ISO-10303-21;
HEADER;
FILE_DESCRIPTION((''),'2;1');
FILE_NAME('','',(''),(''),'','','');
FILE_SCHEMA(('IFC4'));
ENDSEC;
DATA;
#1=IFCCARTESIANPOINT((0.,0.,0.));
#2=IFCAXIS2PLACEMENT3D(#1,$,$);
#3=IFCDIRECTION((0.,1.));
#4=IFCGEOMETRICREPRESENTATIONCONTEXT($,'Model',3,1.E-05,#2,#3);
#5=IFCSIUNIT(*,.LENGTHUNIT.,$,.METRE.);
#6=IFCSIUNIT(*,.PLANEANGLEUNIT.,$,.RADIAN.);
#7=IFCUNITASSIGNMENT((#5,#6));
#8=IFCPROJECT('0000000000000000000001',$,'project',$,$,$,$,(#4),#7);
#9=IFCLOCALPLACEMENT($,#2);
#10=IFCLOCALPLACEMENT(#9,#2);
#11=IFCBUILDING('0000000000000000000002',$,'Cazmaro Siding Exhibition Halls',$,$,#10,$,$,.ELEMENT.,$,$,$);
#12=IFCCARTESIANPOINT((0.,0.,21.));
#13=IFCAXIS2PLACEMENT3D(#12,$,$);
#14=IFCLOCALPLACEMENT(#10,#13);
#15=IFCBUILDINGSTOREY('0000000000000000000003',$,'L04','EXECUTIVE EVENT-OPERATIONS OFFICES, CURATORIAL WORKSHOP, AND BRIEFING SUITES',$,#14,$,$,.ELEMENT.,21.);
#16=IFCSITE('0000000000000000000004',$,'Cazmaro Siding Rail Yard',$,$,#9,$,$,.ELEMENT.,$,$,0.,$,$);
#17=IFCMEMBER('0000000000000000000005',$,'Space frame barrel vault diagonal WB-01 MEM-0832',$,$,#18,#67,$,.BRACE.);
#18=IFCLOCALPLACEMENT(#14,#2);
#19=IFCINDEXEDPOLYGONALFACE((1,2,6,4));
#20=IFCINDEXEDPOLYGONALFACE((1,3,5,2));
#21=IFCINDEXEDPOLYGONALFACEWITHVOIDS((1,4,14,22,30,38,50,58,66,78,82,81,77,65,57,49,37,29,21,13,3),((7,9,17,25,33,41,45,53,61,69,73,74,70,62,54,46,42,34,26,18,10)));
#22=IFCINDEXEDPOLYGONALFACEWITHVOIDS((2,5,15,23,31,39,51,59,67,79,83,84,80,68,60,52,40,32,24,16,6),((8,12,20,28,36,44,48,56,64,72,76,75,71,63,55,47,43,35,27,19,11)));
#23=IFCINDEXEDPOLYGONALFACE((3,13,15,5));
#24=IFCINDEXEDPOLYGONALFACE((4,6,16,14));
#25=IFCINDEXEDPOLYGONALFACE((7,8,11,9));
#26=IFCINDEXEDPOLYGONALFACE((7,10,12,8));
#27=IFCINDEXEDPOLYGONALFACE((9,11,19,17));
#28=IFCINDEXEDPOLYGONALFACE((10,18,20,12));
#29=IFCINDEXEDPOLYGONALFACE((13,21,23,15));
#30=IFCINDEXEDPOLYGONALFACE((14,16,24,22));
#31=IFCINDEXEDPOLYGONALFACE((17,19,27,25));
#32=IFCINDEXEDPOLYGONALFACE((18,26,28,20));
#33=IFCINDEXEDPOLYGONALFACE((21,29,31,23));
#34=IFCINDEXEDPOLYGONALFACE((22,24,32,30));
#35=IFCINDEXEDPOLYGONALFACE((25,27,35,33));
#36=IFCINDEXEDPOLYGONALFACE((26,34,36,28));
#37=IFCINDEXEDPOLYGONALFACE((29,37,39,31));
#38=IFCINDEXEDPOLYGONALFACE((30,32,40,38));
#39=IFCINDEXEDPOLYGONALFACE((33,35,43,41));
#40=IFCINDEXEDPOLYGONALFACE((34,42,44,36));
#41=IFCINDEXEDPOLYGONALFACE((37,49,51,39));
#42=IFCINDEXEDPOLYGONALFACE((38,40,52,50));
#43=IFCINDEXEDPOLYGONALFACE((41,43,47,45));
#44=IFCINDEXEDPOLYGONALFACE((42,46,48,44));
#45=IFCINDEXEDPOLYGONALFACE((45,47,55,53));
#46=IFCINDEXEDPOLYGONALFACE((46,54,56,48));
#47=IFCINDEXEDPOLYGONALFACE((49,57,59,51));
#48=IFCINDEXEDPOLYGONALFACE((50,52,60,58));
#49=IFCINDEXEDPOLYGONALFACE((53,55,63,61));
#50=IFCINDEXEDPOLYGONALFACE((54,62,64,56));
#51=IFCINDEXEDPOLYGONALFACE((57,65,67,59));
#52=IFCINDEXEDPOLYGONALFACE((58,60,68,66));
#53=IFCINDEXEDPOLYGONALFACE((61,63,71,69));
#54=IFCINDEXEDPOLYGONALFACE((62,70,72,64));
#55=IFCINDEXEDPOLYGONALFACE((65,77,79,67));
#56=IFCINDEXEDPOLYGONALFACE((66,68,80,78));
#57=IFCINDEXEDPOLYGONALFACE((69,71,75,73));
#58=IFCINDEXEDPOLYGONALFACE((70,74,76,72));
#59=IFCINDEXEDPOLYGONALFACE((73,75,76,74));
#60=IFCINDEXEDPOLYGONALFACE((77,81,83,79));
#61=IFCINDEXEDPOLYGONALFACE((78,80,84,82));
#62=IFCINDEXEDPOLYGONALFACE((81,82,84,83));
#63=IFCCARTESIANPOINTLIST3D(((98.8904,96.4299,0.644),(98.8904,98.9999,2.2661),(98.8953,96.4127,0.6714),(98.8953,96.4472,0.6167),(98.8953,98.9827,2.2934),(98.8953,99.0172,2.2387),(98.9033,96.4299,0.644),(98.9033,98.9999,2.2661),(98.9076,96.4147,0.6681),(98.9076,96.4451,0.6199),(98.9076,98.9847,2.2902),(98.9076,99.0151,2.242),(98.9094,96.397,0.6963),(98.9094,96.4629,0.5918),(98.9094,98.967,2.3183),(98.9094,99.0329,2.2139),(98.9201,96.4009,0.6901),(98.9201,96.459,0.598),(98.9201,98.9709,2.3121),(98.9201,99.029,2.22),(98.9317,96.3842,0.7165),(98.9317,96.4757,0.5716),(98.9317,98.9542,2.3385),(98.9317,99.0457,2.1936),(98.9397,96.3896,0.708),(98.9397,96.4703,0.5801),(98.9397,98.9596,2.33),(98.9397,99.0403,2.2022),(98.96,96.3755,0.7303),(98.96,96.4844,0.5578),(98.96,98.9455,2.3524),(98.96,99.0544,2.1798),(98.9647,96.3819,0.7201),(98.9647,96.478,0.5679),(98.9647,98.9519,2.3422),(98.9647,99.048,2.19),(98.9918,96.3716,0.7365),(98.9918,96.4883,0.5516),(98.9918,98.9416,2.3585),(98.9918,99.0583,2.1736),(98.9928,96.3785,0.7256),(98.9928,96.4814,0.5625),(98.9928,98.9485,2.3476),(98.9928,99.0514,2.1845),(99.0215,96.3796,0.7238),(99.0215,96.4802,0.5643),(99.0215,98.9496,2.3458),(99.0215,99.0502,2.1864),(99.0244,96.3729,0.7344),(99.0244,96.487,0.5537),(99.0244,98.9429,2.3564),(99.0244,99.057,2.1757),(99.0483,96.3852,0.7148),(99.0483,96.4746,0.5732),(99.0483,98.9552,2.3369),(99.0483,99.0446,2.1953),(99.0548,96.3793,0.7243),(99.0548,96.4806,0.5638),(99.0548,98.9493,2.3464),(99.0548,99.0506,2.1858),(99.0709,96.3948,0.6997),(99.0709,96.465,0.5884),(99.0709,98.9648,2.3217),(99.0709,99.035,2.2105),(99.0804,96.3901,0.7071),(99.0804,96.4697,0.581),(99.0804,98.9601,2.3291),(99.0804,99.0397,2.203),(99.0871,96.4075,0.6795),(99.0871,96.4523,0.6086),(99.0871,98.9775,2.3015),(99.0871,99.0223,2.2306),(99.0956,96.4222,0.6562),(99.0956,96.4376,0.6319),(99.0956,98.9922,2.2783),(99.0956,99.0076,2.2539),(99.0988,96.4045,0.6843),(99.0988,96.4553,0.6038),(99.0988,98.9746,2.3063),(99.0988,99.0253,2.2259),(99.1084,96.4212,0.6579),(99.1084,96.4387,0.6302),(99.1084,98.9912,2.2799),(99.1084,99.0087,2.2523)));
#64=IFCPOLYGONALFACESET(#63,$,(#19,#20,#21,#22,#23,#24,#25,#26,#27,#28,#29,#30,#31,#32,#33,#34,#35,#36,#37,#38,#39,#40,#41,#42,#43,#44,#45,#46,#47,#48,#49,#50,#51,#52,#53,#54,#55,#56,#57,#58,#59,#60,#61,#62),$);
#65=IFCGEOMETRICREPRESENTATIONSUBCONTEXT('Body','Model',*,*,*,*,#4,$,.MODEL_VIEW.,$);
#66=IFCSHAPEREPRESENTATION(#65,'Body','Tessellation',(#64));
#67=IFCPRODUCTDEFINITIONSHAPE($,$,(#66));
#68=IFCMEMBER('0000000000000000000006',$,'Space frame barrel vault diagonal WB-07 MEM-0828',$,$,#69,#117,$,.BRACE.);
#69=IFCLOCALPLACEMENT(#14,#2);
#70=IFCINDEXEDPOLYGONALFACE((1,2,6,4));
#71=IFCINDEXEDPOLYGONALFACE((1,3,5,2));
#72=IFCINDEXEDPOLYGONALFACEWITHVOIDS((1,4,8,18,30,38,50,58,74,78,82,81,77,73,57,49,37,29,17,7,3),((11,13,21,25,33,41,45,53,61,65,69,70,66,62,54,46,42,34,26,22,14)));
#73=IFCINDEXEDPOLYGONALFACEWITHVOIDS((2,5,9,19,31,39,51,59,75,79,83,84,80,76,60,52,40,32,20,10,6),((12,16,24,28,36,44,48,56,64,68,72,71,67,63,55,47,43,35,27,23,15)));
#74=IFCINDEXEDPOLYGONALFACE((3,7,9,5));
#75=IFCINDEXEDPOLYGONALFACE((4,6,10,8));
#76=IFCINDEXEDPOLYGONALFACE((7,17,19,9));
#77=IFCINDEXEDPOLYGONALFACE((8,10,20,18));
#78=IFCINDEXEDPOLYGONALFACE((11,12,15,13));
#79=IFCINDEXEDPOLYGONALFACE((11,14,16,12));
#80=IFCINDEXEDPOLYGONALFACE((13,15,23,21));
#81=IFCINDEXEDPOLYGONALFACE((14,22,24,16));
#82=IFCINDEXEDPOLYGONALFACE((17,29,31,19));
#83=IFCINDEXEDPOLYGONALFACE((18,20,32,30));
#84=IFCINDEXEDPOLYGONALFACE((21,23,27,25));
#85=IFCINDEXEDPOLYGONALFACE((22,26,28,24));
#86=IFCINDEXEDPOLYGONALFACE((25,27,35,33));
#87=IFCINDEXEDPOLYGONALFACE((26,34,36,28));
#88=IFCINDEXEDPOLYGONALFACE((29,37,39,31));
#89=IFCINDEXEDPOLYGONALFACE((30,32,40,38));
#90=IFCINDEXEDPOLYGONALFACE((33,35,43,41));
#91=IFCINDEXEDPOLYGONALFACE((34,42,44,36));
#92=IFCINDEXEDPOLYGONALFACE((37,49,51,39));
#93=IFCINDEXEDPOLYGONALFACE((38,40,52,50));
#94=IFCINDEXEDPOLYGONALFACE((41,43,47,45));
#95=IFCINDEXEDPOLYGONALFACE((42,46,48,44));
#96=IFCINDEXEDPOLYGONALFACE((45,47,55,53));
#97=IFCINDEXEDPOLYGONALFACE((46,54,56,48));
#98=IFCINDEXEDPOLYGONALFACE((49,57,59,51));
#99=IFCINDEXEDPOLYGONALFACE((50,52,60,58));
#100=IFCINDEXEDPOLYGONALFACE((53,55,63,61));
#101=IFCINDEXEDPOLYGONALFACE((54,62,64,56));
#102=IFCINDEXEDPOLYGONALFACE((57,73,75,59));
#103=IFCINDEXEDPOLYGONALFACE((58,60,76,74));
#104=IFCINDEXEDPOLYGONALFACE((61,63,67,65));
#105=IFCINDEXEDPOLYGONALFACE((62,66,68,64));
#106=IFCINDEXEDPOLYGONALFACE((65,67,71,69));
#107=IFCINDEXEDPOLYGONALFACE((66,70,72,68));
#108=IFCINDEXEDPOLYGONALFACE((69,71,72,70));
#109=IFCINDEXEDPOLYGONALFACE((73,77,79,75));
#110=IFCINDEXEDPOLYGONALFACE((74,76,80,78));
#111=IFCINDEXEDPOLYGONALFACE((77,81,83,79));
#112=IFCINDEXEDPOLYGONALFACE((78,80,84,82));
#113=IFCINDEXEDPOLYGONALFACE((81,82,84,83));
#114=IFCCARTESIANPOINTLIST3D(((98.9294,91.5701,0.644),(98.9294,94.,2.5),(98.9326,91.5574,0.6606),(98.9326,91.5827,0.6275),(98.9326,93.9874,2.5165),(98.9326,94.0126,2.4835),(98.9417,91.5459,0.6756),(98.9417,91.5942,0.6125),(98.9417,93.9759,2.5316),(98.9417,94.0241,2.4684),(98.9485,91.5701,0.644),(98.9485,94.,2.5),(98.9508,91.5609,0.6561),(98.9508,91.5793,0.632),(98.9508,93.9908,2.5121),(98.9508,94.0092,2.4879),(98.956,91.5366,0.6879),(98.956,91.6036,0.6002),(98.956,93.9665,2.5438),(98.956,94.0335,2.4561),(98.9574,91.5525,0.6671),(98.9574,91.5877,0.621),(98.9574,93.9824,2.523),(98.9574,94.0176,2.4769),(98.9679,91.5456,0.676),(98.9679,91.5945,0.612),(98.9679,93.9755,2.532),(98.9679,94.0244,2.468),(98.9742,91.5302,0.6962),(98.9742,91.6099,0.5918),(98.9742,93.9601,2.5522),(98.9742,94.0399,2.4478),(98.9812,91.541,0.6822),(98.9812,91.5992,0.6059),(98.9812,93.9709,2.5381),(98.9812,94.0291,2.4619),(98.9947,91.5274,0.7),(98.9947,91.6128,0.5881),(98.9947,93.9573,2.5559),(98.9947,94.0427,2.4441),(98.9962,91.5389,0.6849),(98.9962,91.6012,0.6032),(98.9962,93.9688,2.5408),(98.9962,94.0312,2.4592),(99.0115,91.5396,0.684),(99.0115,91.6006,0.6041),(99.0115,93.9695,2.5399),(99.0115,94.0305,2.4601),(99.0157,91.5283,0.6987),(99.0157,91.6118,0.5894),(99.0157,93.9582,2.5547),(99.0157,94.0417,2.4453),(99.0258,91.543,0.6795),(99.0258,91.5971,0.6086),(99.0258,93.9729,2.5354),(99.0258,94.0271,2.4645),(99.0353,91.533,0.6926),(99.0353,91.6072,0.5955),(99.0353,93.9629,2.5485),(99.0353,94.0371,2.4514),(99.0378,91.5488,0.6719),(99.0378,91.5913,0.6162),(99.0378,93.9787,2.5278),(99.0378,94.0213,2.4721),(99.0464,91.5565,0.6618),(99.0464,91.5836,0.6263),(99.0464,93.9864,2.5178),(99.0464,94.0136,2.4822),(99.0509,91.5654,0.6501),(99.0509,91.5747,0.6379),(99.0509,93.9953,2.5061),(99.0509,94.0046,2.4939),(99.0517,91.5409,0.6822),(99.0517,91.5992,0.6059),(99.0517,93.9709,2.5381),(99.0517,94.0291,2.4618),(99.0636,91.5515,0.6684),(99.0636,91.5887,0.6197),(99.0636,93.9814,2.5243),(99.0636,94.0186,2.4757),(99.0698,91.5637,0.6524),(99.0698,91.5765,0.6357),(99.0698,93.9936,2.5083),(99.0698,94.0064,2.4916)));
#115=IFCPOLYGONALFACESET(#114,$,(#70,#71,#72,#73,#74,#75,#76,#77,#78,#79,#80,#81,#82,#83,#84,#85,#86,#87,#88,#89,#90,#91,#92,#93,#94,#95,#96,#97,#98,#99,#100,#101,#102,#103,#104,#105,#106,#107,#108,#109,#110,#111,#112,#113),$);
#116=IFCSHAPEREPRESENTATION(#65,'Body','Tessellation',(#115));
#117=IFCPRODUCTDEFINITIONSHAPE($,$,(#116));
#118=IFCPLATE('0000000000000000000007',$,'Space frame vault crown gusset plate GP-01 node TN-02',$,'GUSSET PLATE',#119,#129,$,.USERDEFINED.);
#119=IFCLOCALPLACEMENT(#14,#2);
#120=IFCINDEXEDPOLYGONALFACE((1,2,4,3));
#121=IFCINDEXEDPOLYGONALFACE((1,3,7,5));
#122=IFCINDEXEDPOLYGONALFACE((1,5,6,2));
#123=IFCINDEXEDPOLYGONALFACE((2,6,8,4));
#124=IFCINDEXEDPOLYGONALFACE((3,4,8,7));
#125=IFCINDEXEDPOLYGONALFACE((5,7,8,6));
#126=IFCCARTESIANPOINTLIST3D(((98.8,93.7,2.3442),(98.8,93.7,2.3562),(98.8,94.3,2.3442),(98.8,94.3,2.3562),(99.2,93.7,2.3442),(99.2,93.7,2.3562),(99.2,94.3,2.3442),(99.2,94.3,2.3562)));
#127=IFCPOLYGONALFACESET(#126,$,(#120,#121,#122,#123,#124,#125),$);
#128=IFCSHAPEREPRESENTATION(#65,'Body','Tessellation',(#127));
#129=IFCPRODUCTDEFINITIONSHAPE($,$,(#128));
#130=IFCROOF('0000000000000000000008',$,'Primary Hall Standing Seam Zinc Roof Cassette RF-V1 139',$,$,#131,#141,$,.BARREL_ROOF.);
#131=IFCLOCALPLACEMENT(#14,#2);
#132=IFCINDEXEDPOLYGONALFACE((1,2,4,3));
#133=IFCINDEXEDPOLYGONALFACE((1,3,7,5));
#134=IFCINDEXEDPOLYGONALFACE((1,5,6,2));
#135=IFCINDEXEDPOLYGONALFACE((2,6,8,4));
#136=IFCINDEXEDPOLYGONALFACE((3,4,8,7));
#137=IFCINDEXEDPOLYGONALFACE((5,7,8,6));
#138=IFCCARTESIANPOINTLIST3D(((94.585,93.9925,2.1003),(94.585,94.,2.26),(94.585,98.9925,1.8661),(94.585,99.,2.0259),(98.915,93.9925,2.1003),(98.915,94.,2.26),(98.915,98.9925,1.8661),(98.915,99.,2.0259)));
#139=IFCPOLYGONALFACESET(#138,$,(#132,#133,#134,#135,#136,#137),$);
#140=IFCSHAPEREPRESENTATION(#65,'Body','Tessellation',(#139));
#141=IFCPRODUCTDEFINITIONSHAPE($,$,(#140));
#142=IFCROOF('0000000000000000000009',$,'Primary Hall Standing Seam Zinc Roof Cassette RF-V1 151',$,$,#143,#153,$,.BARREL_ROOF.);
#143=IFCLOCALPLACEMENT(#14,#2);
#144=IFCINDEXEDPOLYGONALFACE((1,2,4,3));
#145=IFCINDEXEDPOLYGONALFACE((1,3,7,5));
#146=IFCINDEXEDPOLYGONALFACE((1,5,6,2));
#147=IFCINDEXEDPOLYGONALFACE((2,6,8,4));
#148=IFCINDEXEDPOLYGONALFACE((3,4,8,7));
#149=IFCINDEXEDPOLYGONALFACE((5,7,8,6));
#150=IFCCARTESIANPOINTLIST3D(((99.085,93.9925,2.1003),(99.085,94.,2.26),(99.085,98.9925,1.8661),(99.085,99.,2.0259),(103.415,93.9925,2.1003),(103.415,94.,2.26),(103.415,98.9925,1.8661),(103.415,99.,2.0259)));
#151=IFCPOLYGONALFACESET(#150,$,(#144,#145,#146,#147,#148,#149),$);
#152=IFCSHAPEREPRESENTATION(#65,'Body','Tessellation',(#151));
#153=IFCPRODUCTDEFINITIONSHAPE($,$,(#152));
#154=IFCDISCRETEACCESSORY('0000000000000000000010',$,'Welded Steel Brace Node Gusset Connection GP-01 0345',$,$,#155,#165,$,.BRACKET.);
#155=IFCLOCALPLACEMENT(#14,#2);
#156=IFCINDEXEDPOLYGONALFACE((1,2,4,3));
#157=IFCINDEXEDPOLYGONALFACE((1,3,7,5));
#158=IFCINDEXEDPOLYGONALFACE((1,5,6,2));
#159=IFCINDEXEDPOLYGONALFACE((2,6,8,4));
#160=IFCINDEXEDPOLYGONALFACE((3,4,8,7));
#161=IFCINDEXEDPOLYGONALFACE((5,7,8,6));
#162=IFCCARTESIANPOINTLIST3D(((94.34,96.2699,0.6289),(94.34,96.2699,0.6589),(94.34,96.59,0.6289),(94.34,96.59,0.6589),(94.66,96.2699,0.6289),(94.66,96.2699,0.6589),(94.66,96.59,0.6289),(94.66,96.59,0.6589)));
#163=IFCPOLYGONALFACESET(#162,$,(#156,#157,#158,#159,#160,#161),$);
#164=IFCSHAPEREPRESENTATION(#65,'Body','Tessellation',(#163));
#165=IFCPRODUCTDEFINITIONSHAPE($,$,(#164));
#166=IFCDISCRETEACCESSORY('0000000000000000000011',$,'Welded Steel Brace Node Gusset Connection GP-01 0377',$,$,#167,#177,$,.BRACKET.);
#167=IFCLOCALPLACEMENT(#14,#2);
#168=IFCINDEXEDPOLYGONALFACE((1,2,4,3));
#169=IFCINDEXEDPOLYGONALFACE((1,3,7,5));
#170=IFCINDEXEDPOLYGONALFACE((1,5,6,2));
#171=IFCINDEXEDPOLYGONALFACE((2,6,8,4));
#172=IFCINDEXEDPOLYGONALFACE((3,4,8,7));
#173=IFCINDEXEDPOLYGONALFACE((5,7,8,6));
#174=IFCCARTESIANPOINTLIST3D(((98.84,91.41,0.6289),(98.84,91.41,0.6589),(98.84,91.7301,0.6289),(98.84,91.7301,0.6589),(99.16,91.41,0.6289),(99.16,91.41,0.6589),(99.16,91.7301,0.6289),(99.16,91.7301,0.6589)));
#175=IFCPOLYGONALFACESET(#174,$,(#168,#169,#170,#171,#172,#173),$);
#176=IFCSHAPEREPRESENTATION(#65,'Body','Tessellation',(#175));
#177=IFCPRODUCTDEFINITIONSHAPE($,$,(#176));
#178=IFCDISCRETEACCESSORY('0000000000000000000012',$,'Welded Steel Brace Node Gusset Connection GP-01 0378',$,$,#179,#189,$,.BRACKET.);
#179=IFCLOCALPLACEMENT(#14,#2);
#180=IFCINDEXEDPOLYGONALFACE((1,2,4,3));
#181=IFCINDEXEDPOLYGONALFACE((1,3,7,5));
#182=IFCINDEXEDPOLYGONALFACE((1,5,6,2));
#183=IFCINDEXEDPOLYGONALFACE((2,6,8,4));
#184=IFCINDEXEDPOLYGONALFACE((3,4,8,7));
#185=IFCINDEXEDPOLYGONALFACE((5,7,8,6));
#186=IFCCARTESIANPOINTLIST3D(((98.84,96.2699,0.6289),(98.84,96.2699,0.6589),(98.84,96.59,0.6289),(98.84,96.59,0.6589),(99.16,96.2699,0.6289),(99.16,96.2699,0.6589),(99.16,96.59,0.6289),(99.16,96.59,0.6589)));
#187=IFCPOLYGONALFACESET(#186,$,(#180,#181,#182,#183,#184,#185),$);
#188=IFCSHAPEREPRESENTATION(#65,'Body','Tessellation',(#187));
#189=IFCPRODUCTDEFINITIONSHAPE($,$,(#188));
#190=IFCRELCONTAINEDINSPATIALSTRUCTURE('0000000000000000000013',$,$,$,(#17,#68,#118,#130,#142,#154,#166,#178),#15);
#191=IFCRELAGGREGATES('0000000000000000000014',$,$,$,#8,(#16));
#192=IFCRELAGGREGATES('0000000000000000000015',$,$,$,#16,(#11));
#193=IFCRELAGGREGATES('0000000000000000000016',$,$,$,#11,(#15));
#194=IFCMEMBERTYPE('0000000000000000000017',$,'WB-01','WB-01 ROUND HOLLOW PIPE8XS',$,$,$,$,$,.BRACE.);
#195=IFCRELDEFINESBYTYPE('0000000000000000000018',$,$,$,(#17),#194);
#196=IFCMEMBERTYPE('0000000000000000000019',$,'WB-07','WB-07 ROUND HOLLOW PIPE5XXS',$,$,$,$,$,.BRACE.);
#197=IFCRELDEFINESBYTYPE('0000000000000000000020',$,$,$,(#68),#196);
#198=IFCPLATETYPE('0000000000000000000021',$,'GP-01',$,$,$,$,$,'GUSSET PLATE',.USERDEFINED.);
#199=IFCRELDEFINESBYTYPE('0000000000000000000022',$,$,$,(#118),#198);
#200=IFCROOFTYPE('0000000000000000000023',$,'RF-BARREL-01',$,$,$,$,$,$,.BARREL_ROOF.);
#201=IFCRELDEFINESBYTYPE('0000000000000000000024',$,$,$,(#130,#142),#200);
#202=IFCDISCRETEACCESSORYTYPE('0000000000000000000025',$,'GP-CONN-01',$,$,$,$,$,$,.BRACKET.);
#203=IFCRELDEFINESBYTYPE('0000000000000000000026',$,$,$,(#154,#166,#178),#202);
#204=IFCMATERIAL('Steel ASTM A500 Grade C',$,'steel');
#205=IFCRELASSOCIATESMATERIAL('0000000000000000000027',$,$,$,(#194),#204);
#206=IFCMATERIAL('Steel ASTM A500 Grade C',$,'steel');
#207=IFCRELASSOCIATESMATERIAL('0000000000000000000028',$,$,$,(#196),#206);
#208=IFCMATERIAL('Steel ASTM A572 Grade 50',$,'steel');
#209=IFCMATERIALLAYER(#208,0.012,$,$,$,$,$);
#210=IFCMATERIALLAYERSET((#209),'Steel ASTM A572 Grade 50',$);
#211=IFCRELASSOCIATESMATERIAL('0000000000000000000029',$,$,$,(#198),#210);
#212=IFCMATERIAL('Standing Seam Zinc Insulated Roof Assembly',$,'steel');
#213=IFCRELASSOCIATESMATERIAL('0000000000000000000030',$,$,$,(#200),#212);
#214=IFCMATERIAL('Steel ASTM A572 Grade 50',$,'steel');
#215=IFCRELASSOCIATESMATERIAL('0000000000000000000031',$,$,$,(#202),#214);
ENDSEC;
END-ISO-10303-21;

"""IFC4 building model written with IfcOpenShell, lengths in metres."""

from ifc_helpers import new_model, si_unit, direction, frame, origin, origin_2d, place, context, subcontext, project, spatial, polyline, rectangle, hollow_circle, outline, extrude, material, layer, layer_set, material_profile, profile_set, type_object, element, save


model = new_model("IFC4")

# Units and contexts
model_context = context("Model", 3, precision=1e-05, world=origin(), true_north=direction((0.0, 1.0)))
body_context = subcontext(model_context, "Body", "Model", "MODEL_VIEW")
ifc_project = project(units=[si_unit("LENGTHUNIT", "METRE"), si_unit("PLANEANGLEUNIT", "RADIAN")], contexts=[model_context])

# Site, building, storey
site_placement = place(None, origin())
site = spatial("IfcSite", under=ifc_project, at=site_placement, Name="Cazmaro Siding Rail Yard", CompositionType="ELEMENT", RefElevation=0.0)
building_placement = place(site_placement, origin())
building = spatial("IfcBuilding", under=site, at=building_placement, Name="Cazmaro Siding Exhibition Halls", CompositionType="ELEMENT")
storey_placement = place(building_placement, frame((0.0, 0.0, 21.0)))
storey = spatial("IfcBuildingStorey", under=building, at=storey_placement, Name="L04", Description="EXECUTIVE EVENT-OPERATIONS OFFICES, CURATORIAL WORKSHOP, AND BRIEFING SUITES", CompositionType="ELEMENT", Elevation=21.0)

# Members
ifc_material_1 = material(Name="Steel ASTM A500 Grade C", Category="steel")
ifc_material_profile_1 = material_profile(ifc_material_1, hollow_circle(Radius=0.1096, WallThickness=0.0129, at=origin_2d()), Name="PIPE8XS")
ifc_profile_set_1 = profile_set([ifc_material_profile_1], Name="Steel ASTM A500 Grade C")
member_type_1 = type_object("IfcMemberType", Name="WB-01", Description="WB-01 ROUND HOLLOW PIPE8XS", PredefinedType="BRACE", material=ifc_profile_set_1)
member_1_placement = place(storey_placement, frame((99.0, 96.4299, 0.644), z_axis=(0.0, 0.845657, 0.533727), x_axis=(-1.0, 0.0, 0.0)))
element("IfcMember", 1, at=member_1_placement, inside=storey, type_object=member_type_1, Name="Space frame barrel vault diagonal WB-01 MEM-0832", PredefinedType="BRACE", context=body_context, shape_type="SweptSolid", body=[
    extrude(hollow_circle(Radius=0.1096, WallThickness=0.0129, at=origin_2d()), origin(), (0.0, 0.0, 1.0), 3.0391),
])
ifc_material_2 = material(Name="Steel ASTM A500 Grade C", Category="steel")
ifc_material_profile_2 = material_profile(ifc_material_2, hollow_circle(Radius=0.0706, WallThickness=0.019, at=origin_2d()), Name="PIPE5XXS")
ifc_profile_set_2 = profile_set([ifc_material_profile_2], Name="Steel ASTM A500 Grade C")
member_type_2 = type_object("IfcMemberType", Name="WB-07", Description="WB-07 ROUND HOLLOW PIPE5XXS", PredefinedType="BRACE", material=ifc_profile_set_2)
member_2_placement = place(storey_placement, frame((99.0, 91.5701, 0.644), z_axis=(0.0, 0.794709, 0.606991), x_axis=(-1.0, 0.0, 0.0)))
element("IfcMember", 2, at=member_2_placement, inside=storey, type_object=member_type_2, Name="Space frame barrel vault diagonal WB-07 MEM-0828", PredefinedType="BRACE", context=body_context, shape_type="SweptSolid", body=[
    extrude(hollow_circle(Radius=0.0706, WallThickness=0.019, at=origin_2d()), origin(), (0.0, 0.0, 1.0), 3.0576),
])

# Plate
ifc_material_3 = material(Name="Steel ASTM A572 Grade 50", Category="steel")
ifc_layer = layer(ifc_material_3, 0.012)
ifc_layer_set = layer_set([ifc_layer], Name="Steel ASTM A572 Grade 50")
plate_type = type_object("IfcPlateType", Name="GP-01", ElementType="GUSSET PLATE", PredefinedType="USERDEFINED", material=ifc_layer_set)
plate_placement = place(storey_placement, frame((99.0, 94.0, 2.3442), z_axis=(0.0, 0.0, 1.0), x_axis=(0.0, 1.0, 0.0)))
element("IfcPlate", 3, at=plate_placement, inside=storey, type_object=plate_type, Name="Space frame vault crown gusset plate GP-01 node TN-02", ObjectType="GUSSET PLATE", PredefinedType="USERDEFINED", context=body_context, shape_type="SweptSolid", body=[
    extrude(rectangle(XDim=0.6001, YDim=0.3999, at=origin_2d()), origin(), (0.0, 0.0, 1.0), 0.012),
])

# Roofs
ifc_material_4 = material(Name="Standing Seam Zinc Insulated Roof Assembly", Category="steel")
roof_type = type_object("IfcRoofType", Name="RF-BARREL-01", PredefinedType="BARREL_ROOF", material=ifc_material_4)
for number, where, z_axis, x_axis, name in (
    (4, (94.585, 94.0, 2.26), (0.0, 0.046775, 0.998905), (1.0, 0.0, 0.0), "Primary Hall Standing Seam Zinc Roof Cassette RF-V1 139"),
    (5, (99.085, 94.0, 2.26), (0.0, 0.046775, 0.998905), (1.0, 0.0, 0.0), "Primary Hall Standing Seam Zinc Roof Cassette RF-V1 151"),
):
    element("IfcRoof", number, at=place(storey_placement, frame(where, z_axis=z_axis, x_axis=x_axis)), inside=storey, type_object=roof_type, Name=name, PredefinedType="BARREL_ROOF", context=body_context, shape_type="SweptSolid", body=[
        extrude(outline(polyline([(0.0, 0.0), (4.3301, 0.0), (4.3301, 5.0055), (0.0, 5.0055), (0.0, 0.0)])), origin(), (0.0, 0.0, -1.0), 0.1599),
    ])

# Discrete accessories
ifc_material_5 = material(Name="Steel ASTM A572 Grade 50", Category="steel")
discrete_accessory_type = type_object("IfcDiscreteAccessoryType", Name="GP-CONN-01", PredefinedType="BRACKET", material=ifc_material_5)
for number, where, z_axis, x_axis, name in (
    (6, (94.5, 96.4299, 0.6289), (0.0, 0.0, 1.0), (1.0, 0.0, 0.0), "Welded Steel Brace Node Gusset Connection GP-01 0345"),
    (7, (99.0, 91.5701, 0.6289), (0.0, 0.0, 1.0), (1.0, 0.0, 0.0), "Welded Steel Brace Node Gusset Connection GP-01 0377"),
    (8, (99.0, 96.4299, 0.6289), (0.0, 0.0, 1.0), (1.0, 0.0, 0.0), "Welded Steel Brace Node Gusset Connection GP-01 0378"),
):
    element("IfcDiscreteAccessory", number, at=place(storey_placement, frame(where, z_axis=z_axis, x_axis=x_axis)), inside=storey, type_object=discrete_accessory_type, Name=name, PredefinedType="BRACKET", context=body_context, shape_type="SweptSolid", body=[
        extrude(rectangle(XDim=0.3201, YDim=0.3201, at=origin_2d()), origin(), (0.0, 0.0, 1.0), 0.03),
    ])

save(model, "model.ifc")
